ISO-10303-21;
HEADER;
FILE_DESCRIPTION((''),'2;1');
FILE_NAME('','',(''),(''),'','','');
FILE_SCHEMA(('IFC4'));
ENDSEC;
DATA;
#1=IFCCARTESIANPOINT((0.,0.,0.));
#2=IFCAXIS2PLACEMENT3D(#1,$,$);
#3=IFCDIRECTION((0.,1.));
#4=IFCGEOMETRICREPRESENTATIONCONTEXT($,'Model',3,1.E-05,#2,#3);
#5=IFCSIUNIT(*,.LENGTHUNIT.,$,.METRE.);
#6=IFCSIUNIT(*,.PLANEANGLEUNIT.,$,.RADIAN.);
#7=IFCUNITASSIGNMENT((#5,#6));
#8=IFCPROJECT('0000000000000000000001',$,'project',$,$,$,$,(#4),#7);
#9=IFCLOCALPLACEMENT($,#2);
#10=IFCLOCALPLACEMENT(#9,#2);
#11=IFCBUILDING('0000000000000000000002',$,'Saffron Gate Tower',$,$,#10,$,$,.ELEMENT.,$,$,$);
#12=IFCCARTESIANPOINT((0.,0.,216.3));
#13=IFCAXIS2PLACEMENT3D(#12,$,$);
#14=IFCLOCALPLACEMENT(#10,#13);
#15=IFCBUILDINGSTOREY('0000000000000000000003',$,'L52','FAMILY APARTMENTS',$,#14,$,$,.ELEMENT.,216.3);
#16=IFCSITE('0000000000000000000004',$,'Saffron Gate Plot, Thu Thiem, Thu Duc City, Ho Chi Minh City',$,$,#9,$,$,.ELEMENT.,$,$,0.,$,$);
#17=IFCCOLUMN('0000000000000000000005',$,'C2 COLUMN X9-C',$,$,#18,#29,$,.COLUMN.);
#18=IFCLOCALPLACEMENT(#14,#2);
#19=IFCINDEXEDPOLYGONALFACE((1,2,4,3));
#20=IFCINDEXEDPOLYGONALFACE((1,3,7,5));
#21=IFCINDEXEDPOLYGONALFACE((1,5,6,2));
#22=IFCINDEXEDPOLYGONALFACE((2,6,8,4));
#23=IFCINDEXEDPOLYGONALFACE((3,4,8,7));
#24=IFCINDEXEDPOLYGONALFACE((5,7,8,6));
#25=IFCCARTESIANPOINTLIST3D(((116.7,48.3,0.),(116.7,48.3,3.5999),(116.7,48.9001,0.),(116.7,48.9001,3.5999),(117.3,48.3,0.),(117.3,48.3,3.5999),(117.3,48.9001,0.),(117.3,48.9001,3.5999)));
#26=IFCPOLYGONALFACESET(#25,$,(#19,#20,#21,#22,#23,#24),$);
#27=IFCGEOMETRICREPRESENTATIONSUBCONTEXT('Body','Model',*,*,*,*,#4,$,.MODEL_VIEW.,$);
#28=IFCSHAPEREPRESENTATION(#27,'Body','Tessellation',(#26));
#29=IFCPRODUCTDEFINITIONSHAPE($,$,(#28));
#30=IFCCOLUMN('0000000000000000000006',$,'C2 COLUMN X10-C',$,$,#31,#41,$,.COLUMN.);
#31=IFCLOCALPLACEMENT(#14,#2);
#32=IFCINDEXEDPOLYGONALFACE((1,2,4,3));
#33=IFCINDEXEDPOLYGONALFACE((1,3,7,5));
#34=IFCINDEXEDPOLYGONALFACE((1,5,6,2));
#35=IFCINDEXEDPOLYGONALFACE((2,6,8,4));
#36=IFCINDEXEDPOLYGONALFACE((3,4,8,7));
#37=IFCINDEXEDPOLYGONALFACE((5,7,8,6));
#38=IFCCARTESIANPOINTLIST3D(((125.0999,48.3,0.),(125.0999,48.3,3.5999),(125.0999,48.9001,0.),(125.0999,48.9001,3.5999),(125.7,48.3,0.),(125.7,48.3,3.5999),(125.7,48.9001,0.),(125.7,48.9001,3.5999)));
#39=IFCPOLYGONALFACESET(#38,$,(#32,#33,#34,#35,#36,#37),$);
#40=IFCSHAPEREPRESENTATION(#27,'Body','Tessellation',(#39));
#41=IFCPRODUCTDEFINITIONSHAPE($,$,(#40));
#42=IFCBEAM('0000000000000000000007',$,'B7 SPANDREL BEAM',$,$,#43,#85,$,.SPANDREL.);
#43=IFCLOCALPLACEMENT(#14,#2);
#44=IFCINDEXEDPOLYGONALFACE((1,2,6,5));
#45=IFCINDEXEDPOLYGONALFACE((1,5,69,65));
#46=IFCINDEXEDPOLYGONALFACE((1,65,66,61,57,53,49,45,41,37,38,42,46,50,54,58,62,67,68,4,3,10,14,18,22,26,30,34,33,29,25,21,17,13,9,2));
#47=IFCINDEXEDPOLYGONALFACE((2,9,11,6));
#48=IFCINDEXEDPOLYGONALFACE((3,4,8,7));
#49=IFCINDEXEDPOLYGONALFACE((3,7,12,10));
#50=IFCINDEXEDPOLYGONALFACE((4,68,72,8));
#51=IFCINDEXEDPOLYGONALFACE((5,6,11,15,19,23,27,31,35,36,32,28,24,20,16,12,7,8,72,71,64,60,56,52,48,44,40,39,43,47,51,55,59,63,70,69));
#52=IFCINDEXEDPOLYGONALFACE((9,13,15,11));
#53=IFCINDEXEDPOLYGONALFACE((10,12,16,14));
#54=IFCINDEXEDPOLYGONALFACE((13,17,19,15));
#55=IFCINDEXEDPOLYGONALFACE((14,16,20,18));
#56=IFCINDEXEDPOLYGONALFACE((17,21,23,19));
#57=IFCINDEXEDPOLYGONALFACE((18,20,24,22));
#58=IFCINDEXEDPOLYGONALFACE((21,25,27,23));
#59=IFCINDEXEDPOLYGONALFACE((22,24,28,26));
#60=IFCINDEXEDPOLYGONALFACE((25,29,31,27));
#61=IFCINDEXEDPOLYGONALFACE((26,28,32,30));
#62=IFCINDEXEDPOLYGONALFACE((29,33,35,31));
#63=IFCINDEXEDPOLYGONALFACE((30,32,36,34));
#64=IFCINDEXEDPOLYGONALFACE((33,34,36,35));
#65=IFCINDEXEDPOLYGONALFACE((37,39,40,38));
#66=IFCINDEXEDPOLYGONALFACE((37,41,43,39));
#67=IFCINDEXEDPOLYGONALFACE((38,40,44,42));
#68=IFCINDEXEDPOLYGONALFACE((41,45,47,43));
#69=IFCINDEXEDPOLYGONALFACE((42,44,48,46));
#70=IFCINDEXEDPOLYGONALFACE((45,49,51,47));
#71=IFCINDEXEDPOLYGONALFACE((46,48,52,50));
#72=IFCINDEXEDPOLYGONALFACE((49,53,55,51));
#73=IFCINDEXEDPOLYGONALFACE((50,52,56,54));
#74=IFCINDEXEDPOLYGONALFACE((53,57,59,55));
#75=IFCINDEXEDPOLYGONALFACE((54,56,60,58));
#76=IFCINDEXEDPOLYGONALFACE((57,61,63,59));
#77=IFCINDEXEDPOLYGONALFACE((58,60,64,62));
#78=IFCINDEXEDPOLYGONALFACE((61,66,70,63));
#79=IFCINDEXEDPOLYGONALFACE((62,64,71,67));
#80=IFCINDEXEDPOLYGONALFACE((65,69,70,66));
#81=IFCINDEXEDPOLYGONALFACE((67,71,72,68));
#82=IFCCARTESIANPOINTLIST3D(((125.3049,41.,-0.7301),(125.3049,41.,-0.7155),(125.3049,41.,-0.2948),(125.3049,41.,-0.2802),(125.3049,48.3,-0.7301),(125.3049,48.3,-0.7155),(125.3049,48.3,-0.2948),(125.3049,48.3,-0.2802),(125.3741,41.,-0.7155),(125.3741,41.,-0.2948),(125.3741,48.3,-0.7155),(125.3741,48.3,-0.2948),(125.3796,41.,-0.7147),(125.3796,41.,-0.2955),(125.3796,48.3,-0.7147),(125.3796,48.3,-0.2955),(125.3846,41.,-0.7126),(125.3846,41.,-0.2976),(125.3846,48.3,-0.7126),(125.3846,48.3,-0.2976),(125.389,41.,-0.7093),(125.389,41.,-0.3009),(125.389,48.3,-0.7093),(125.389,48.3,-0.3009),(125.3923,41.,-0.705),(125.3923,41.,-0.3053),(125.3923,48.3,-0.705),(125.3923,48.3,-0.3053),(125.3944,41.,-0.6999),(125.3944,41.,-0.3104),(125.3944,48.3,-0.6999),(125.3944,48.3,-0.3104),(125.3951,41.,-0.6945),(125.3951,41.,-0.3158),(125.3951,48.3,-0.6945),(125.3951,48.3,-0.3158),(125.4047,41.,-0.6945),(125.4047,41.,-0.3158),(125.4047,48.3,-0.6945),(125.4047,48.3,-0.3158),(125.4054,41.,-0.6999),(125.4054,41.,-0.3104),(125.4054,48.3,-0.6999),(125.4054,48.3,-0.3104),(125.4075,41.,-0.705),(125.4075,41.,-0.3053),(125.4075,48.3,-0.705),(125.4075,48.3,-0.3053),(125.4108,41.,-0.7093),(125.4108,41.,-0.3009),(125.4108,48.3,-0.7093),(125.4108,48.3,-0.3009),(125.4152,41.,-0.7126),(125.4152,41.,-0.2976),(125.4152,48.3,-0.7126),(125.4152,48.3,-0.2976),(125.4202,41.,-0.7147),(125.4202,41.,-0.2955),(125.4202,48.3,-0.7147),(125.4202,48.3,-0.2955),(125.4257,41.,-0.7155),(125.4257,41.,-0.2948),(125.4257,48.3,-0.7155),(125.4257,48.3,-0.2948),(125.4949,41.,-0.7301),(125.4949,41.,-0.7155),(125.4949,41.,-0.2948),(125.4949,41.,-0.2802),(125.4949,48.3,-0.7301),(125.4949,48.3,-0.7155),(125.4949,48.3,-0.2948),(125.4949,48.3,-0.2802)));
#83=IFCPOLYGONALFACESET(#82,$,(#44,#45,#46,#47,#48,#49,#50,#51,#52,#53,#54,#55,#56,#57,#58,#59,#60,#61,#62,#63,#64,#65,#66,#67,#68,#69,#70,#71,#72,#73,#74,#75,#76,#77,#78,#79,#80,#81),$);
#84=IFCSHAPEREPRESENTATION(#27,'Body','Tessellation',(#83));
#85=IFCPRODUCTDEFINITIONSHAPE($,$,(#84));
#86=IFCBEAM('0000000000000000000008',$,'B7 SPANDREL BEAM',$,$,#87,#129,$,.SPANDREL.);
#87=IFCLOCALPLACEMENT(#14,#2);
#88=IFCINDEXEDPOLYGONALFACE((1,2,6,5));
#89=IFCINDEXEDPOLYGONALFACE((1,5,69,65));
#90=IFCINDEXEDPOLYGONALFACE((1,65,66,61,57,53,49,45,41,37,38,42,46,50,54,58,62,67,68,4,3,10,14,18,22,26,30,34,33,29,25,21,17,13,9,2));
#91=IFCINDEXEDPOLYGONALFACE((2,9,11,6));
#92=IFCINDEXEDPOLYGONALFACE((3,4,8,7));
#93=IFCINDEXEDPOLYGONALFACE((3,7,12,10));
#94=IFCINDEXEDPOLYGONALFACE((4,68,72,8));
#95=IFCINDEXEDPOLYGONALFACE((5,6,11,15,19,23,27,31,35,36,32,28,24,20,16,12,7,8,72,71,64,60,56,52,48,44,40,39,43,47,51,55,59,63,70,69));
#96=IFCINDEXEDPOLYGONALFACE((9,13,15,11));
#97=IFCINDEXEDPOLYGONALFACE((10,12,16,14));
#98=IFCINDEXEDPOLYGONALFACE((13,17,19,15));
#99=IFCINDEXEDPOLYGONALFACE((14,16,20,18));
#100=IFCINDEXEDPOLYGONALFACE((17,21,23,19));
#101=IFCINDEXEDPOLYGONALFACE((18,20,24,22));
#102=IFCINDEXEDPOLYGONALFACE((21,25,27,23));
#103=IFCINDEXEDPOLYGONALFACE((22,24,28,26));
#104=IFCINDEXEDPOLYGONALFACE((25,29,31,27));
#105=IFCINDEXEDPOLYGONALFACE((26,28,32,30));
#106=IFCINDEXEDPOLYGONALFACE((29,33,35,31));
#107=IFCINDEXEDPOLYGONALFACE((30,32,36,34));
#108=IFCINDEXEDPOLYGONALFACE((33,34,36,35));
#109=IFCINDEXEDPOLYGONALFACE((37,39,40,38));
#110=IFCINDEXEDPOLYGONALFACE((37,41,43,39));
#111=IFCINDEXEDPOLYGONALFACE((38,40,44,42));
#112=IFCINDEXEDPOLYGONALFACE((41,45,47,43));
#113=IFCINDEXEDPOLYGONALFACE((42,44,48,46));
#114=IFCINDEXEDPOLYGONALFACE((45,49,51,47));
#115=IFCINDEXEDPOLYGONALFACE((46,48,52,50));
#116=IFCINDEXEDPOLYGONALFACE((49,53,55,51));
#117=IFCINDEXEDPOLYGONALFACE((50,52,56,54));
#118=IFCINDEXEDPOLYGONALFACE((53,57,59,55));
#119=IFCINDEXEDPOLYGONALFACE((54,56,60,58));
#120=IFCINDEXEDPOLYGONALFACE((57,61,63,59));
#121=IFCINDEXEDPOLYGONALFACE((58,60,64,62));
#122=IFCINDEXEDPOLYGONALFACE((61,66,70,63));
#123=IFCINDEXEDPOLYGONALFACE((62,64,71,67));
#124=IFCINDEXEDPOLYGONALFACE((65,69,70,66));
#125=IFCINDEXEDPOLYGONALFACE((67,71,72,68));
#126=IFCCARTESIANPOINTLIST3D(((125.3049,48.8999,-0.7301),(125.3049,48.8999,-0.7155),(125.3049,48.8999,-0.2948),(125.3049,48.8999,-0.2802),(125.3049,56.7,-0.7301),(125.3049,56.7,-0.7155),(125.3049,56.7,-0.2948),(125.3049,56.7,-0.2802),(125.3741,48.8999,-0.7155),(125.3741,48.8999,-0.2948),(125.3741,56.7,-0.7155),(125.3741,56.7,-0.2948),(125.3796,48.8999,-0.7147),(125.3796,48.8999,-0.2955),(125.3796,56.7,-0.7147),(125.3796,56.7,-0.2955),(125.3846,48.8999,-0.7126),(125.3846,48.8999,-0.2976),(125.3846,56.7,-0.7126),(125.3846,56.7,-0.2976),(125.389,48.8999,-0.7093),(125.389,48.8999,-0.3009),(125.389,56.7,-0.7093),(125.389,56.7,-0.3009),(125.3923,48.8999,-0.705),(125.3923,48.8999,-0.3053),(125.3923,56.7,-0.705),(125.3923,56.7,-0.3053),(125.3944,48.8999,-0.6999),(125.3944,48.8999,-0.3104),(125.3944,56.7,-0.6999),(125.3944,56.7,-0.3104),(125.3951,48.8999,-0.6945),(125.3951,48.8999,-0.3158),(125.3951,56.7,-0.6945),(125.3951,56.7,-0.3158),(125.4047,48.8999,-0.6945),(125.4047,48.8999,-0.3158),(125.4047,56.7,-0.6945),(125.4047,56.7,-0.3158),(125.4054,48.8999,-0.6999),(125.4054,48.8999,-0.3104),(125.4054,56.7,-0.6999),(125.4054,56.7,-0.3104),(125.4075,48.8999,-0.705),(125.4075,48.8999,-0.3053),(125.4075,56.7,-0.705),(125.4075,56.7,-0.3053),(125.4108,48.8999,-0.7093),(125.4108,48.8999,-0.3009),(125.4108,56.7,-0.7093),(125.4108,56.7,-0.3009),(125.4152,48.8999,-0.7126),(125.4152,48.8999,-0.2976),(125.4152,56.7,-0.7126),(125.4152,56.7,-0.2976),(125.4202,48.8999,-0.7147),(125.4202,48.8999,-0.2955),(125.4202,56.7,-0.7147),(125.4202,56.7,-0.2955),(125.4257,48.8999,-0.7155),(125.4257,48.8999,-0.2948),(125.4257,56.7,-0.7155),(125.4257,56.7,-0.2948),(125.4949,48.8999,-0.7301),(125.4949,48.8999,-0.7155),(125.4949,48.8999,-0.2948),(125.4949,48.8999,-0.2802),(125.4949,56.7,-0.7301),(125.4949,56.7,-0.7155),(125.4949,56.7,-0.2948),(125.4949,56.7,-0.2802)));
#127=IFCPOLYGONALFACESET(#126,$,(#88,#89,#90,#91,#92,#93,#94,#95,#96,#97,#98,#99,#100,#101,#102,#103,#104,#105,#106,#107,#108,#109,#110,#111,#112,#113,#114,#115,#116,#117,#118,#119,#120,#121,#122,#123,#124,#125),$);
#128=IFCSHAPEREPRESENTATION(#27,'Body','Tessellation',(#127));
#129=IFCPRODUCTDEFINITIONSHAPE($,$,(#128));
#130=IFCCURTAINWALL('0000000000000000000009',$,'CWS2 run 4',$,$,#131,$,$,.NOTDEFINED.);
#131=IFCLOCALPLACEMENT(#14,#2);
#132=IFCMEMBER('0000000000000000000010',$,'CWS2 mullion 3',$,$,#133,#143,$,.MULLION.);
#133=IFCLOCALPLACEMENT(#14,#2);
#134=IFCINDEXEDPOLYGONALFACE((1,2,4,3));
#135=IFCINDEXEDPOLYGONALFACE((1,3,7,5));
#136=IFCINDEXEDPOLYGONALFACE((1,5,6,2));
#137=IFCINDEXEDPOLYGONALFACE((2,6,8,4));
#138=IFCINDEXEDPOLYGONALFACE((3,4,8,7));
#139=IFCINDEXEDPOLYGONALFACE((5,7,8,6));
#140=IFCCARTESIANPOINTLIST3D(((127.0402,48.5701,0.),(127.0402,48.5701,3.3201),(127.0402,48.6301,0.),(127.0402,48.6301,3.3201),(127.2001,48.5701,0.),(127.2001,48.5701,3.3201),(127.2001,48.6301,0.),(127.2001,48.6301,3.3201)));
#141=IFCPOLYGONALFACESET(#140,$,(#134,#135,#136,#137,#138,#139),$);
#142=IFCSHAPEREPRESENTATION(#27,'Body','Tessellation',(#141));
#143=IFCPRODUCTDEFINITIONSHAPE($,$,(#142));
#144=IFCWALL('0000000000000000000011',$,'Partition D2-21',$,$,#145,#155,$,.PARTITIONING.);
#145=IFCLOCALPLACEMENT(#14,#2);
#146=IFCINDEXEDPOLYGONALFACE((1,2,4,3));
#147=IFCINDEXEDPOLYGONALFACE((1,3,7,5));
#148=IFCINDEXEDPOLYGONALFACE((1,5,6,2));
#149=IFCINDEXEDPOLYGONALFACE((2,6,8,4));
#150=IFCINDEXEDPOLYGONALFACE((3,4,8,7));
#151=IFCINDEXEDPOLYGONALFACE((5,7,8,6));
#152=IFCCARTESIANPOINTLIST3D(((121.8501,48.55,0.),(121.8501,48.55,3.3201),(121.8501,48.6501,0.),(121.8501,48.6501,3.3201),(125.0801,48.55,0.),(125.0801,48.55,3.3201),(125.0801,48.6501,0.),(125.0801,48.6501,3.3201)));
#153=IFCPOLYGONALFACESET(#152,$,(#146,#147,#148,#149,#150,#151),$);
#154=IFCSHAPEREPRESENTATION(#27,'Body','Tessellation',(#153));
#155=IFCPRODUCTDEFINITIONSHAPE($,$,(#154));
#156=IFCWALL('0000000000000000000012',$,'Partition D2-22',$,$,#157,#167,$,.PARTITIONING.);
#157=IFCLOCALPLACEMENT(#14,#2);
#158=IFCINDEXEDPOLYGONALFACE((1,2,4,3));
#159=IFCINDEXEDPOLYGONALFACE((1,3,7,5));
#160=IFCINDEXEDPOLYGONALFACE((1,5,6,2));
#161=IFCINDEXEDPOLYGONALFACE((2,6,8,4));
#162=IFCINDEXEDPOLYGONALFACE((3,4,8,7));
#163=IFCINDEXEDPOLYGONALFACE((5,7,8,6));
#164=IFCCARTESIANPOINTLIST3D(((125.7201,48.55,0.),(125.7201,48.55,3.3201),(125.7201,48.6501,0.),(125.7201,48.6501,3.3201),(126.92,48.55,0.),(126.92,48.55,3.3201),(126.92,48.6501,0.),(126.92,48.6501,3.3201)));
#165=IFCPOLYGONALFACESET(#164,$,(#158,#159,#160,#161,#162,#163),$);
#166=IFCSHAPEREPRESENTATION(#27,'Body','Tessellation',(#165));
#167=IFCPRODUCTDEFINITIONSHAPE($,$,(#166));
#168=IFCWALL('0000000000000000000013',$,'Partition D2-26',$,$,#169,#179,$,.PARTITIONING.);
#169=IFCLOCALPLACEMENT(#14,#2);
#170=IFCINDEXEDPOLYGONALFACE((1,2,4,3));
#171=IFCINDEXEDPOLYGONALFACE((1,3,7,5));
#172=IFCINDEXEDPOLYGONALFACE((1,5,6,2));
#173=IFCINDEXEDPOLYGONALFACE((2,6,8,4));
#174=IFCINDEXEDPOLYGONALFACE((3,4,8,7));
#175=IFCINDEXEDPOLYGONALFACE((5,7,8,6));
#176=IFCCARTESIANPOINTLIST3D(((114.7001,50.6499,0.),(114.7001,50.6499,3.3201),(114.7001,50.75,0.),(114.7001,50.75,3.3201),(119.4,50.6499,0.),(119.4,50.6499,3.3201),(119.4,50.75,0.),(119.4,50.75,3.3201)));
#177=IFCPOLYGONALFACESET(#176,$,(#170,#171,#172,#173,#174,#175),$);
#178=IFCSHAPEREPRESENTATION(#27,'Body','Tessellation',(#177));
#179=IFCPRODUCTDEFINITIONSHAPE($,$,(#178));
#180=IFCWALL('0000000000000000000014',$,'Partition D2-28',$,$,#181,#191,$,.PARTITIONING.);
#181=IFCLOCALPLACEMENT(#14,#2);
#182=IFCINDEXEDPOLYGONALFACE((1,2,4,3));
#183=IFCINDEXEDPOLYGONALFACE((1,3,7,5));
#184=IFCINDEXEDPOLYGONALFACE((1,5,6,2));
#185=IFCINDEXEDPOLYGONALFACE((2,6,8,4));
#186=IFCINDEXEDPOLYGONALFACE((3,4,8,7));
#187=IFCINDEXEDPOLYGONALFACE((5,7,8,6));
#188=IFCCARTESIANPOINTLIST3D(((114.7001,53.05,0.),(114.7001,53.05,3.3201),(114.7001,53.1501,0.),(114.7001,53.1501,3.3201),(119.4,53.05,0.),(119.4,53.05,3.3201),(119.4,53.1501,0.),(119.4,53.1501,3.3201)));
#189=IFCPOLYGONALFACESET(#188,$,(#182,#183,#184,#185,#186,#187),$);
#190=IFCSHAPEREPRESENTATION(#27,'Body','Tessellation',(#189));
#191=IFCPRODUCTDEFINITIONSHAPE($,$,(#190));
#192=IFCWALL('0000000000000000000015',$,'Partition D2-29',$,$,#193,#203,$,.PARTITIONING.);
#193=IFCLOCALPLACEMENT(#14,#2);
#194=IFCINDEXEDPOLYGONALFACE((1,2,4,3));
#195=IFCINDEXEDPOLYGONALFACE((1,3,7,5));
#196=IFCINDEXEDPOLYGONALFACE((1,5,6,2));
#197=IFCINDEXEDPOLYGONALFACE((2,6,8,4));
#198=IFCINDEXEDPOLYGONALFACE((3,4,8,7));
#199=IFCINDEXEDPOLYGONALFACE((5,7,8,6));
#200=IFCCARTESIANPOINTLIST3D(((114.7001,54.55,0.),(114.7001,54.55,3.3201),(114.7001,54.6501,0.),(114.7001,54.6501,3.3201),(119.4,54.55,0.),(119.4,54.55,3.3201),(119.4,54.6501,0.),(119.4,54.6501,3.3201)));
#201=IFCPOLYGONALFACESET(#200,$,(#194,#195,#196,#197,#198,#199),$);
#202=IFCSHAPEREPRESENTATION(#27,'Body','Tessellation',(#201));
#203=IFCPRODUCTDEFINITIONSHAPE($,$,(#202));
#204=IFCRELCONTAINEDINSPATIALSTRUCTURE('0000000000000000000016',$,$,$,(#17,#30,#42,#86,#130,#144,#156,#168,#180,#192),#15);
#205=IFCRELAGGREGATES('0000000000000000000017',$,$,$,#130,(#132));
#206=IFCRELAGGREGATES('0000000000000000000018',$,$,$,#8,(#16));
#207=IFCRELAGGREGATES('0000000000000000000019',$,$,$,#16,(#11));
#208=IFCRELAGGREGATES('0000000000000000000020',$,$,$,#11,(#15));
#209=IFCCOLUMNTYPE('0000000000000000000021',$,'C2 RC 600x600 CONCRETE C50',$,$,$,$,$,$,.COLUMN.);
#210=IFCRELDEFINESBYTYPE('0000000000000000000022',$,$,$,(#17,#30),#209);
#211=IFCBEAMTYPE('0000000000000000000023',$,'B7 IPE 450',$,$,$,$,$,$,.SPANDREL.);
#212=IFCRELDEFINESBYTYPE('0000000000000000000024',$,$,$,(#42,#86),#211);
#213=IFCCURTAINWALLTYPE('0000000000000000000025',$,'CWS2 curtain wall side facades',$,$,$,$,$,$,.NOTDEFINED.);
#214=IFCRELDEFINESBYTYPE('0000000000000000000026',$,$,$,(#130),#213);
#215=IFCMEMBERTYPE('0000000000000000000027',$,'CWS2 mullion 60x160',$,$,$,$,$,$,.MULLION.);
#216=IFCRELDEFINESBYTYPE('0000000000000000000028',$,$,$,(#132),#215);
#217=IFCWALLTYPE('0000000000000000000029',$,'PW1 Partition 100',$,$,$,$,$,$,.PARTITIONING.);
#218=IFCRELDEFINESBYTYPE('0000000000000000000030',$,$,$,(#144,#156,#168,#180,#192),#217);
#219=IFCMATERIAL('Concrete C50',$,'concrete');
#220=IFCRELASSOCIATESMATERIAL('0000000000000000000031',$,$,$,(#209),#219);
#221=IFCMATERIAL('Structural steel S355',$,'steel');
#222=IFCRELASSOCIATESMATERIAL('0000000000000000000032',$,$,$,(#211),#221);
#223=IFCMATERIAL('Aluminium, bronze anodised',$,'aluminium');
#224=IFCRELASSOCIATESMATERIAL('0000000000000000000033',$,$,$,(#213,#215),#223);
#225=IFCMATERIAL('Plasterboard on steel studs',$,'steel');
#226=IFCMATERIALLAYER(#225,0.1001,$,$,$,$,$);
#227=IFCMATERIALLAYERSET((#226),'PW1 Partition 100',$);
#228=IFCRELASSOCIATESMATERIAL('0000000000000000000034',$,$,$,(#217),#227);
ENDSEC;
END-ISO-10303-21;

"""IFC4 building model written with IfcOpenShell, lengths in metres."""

from ifc_helpers import new_model, si_unit, direction, frame, frame_2d, origin, origin_2d, place, context, subcontext, project, spatial, rectangle, i_section, extrude, material, layer, layer_set, material_profile, profile_set, type_object, element, aggregate, save


model = new_model("IFC4")

# Units and contexts
model_context = context("Model", 3, precision=1e-05, world=origin(), true_north=direction((0.0, 1.0)))
body_context = subcontext(model_context, "Body", "Model", "MODEL_VIEW")
ifc_project = project(units=[si_unit("LENGTHUNIT", "METRE"), si_unit("PLANEANGLEUNIT", "RADIAN")], contexts=[model_context])

# Site, building, storey
site_placement = place(None, origin())
site = spatial("IfcSite", under=ifc_project, at=site_placement, Name="Saffron Gate Plot, Thu Thiem, Thu Duc City, Ho Chi Minh City", CompositionType="ELEMENT", RefElevation=0.0)
building_placement = place(site_placement, origin())
building = spatial("IfcBuilding", under=site, at=building_placement, Name="Saffron Gate Tower", CompositionType="ELEMENT")
storey_placement = place(building_placement, frame((0.0, 0.0, 216.3)))
storey = spatial("IfcBuildingStorey", under=building, at=storey_placement, Name="L52", Description="FAMILY APARTMENTS", CompositionType="ELEMENT", Elevation=216.3)

# Columns
ifc_material_1 = material(Name="Concrete C50", Category="concrete")
ifc_material_profile_1 = material_profile(ifc_material_1, rectangle(XDim=0.6001, YDim=0.6001, at=origin_2d()))
ifc_profile_set_1 = profile_set([ifc_material_profile_1], Name="Concrete C50")
column_type = type_object("IfcColumnType", Name="C2 RC 600x600 CONCRETE C50", PredefinedType="COLUMN", material=ifc_profile_set_1)
for number, where, z_axis, x_axis, name in (
    (1, (117.0, 48.6001, 0.0), (0.0, 0.0, 1.0), (1.0, 0.0, 0.0), "C2 COLUMN X9-C"),
    (2, (125.3999, 48.6001, 0.0), (0.0, 0.0, 1.0), (1.0, 0.0, 0.0), "C2 COLUMN X10-C"),
):
    element("IfcColumn", number, at=place(storey_placement, frame(where, z_axis=z_axis, x_axis=x_axis)), inside=storey, type_object=column_type, Name=name, PredefinedType="COLUMN", context=body_context, shape_type="SweptSolid", body=[
        extrude(rectangle(XDim=0.6001, YDim=0.6001, at=origin_2d()), origin(), (0.0, 0.0, 1.0), 3.5999),
    ])

# Beams
ifc_material_2 = material(Name="Structural steel S355", Category="steel")
ifc_material_profile_2 = material_profile(ifc_material_2, i_section(OverallWidth=0.1899, OverallDepth=0.45, WebThickness=0.0095, FlangeThickness=0.0146, FilletRadius=0.021, at=origin_2d()))
ifc_profile_set_2 = profile_set([ifc_material_profile_2], Name="Structural steel S355")
beam_type = type_object("IfcBeamType", Name="B7 IPE 450", PredefinedType="SPANDREL", material=ifc_profile_set_2)
beam_1_placement = place(storey_placement, frame((125.3999, 41.0, -0.5051), z_axis=(0.0, 1.0, 0.0), x_axis=(-1.0, 0.0, 0.0)))
element("IfcBeam", 3, at=beam_1_placement, inside=storey, type_object=beam_type, Name="B7 SPANDREL BEAM", PredefinedType="SPANDREL", context=body_context, shape_type="SweptSolid", body=[
    extrude(i_section(OverallWidth=0.1899, OverallDepth=0.45, WebThickness=0.0095, FlangeThickness=0.0146, FilletRadius=0.021, at=origin_2d()), origin(), (0.0, 0.0, 1.0), 7.3),
])
beam_2_placement = place(storey_placement, frame((125.3999, 48.8999, -0.5051), z_axis=(0.0, 1.0, 0.0), x_axis=(-1.0, 0.0, 0.0)))
element("IfcBeam", 4, at=beam_2_placement, inside=storey, type_object=beam_type, Name="B7 SPANDREL BEAM", PredefinedType="SPANDREL", context=body_context, shape_type="SweptSolid", body=[
    extrude(i_section(OverallWidth=0.1899, OverallDepth=0.45, WebThickness=0.0095, FlangeThickness=0.0146, FilletRadius=0.021, at=origin_2d()), origin(), (0.0, 0.0, 1.0), 7.8),
])

# Curtain wall, member
ifc_material_3 = material(Name="Aluminium, bronze anodised", Category="aluminium")
curtain_wall_type = type_object("IfcCurtainWallType", Name="CWS2 curtain wall side facades", PredefinedType="NOTDEFINED", material=ifc_material_3)
curtain_wall_placement = place(storey_placement, origin())
curtain_wall = element("IfcCurtainWall", 5, at=curtain_wall_placement, inside=storey, type_object=curtain_wall_type, Name="CWS2 run 4", PredefinedType="NOTDEFINED")
ifc_material_profile_3 = material_profile(ifc_material_3, rectangle(XDim=0.1599, YDim=0.0601, at=origin_2d()))
ifc_profile_set_3 = profile_set([ifc_material_profile_3], Name="Aluminium, bronze anodised")
member_type = type_object("IfcMemberType", Name="CWS2 mullion 60x160", PredefinedType="MULLION", material=ifc_profile_set_3)
member_placement = place(storey_placement, frame((127.1201, 48.6001, 0.0), z_axis=(0.0, 0.0, 1.0), x_axis=(-1.0, 0.0, 0.0)))
member = element("IfcMember", 6, at=member_placement, type_object=member_type, Name="CWS2 mullion 3", PredefinedType="MULLION", context=body_context, shape_type="SweptSolid", body=[
    extrude(rectangle(XDim=0.1599, YDim=0.0601, at=origin_2d()), origin(), (0.0, 0.0, 1.0), 3.3201),
])
aggregate(curtain_wall, [member])

# Walls
ifc_material_4 = material(Name="Plasterboard on steel studs", Category="steel")
ifc_layer_1 = layer(ifc_material_4, 0.1001)
ifc_layer_set_1 = layer_set([ifc_layer_1], Name="PW1 Partition 100")
wall_type_1 = type_object("IfcWallType", Name="PW1 Partition 100", PredefinedType="PARTITIONING", material=ifc_layer_set_1)
wall_1_placement = place(storey_placement, frame((121.8501, 48.6001, 0.0), z_axis=(0.0, 0.0, 1.0), x_axis=(1.0, 0.0, 0.0)))
element("IfcWall", 7, at=wall_1_placement, inside=storey, type_object=wall_type_1, Name="Partition D2-21", PredefinedType="PARTITIONING", context=body_context, shape_type="SweptSolid", body=[
    extrude(rectangle(XDim=3.23, YDim=0.1001, at=frame_2d((1.615, 0.0))), origin(), (0.0, 0.0, 1.0), 3.3201),
])
wall_2_placement = place(storey_placement, frame((125.72, 48.6001, 0.0), z_axis=(0.0, 0.0, 1.0), x_axis=(1.0, 0.0, 0.0)))
element("IfcWall", 8, at=wall_2_placement, inside=storey, type_object=wall_type_1, Name="Partition D2-22", PredefinedType="PARTITIONING", context=body_context, shape_type="SweptSolid", body=[
    extrude(rectangle(XDim=1.2, YDim=0.1001, at=frame_2d((0.6001, 0.0))), origin(), (0.0, 0.0, 1.0), 3.3201),
])
for number, where, z_axis, x_axis, name in (
    (9, (114.7, 50.7, 0.0), (0.0, 0.0, 1.0), (1.0, 0.0, 0.0), "Partition D2-26"),
    (10, (114.7, 53.1001, 0.0), (0.0, 0.0, 1.0), (1.0, 0.0, 0.0), "Partition D2-28"),
    (11, (114.7, 54.6001, 0.0), (0.0, 0.0, 1.0), (1.0, 0.0, 0.0), "Partition D2-29"),
):
    element("IfcWall", number, at=place(storey_placement, frame(where, z_axis=z_axis, x_axis=x_axis)), inside=storey, type_object=wall_type_1, Name=name, PredefinedType="PARTITIONING", context=body_context, shape_type="SweptSolid", body=[
        extrude(rectangle(XDim=4.7, YDim=0.1001, at=frame_2d((2.3501, 0.0))), origin(), (0.0, 0.0, 1.0), 3.3201),
    ])

save(model, "model.ifc")
